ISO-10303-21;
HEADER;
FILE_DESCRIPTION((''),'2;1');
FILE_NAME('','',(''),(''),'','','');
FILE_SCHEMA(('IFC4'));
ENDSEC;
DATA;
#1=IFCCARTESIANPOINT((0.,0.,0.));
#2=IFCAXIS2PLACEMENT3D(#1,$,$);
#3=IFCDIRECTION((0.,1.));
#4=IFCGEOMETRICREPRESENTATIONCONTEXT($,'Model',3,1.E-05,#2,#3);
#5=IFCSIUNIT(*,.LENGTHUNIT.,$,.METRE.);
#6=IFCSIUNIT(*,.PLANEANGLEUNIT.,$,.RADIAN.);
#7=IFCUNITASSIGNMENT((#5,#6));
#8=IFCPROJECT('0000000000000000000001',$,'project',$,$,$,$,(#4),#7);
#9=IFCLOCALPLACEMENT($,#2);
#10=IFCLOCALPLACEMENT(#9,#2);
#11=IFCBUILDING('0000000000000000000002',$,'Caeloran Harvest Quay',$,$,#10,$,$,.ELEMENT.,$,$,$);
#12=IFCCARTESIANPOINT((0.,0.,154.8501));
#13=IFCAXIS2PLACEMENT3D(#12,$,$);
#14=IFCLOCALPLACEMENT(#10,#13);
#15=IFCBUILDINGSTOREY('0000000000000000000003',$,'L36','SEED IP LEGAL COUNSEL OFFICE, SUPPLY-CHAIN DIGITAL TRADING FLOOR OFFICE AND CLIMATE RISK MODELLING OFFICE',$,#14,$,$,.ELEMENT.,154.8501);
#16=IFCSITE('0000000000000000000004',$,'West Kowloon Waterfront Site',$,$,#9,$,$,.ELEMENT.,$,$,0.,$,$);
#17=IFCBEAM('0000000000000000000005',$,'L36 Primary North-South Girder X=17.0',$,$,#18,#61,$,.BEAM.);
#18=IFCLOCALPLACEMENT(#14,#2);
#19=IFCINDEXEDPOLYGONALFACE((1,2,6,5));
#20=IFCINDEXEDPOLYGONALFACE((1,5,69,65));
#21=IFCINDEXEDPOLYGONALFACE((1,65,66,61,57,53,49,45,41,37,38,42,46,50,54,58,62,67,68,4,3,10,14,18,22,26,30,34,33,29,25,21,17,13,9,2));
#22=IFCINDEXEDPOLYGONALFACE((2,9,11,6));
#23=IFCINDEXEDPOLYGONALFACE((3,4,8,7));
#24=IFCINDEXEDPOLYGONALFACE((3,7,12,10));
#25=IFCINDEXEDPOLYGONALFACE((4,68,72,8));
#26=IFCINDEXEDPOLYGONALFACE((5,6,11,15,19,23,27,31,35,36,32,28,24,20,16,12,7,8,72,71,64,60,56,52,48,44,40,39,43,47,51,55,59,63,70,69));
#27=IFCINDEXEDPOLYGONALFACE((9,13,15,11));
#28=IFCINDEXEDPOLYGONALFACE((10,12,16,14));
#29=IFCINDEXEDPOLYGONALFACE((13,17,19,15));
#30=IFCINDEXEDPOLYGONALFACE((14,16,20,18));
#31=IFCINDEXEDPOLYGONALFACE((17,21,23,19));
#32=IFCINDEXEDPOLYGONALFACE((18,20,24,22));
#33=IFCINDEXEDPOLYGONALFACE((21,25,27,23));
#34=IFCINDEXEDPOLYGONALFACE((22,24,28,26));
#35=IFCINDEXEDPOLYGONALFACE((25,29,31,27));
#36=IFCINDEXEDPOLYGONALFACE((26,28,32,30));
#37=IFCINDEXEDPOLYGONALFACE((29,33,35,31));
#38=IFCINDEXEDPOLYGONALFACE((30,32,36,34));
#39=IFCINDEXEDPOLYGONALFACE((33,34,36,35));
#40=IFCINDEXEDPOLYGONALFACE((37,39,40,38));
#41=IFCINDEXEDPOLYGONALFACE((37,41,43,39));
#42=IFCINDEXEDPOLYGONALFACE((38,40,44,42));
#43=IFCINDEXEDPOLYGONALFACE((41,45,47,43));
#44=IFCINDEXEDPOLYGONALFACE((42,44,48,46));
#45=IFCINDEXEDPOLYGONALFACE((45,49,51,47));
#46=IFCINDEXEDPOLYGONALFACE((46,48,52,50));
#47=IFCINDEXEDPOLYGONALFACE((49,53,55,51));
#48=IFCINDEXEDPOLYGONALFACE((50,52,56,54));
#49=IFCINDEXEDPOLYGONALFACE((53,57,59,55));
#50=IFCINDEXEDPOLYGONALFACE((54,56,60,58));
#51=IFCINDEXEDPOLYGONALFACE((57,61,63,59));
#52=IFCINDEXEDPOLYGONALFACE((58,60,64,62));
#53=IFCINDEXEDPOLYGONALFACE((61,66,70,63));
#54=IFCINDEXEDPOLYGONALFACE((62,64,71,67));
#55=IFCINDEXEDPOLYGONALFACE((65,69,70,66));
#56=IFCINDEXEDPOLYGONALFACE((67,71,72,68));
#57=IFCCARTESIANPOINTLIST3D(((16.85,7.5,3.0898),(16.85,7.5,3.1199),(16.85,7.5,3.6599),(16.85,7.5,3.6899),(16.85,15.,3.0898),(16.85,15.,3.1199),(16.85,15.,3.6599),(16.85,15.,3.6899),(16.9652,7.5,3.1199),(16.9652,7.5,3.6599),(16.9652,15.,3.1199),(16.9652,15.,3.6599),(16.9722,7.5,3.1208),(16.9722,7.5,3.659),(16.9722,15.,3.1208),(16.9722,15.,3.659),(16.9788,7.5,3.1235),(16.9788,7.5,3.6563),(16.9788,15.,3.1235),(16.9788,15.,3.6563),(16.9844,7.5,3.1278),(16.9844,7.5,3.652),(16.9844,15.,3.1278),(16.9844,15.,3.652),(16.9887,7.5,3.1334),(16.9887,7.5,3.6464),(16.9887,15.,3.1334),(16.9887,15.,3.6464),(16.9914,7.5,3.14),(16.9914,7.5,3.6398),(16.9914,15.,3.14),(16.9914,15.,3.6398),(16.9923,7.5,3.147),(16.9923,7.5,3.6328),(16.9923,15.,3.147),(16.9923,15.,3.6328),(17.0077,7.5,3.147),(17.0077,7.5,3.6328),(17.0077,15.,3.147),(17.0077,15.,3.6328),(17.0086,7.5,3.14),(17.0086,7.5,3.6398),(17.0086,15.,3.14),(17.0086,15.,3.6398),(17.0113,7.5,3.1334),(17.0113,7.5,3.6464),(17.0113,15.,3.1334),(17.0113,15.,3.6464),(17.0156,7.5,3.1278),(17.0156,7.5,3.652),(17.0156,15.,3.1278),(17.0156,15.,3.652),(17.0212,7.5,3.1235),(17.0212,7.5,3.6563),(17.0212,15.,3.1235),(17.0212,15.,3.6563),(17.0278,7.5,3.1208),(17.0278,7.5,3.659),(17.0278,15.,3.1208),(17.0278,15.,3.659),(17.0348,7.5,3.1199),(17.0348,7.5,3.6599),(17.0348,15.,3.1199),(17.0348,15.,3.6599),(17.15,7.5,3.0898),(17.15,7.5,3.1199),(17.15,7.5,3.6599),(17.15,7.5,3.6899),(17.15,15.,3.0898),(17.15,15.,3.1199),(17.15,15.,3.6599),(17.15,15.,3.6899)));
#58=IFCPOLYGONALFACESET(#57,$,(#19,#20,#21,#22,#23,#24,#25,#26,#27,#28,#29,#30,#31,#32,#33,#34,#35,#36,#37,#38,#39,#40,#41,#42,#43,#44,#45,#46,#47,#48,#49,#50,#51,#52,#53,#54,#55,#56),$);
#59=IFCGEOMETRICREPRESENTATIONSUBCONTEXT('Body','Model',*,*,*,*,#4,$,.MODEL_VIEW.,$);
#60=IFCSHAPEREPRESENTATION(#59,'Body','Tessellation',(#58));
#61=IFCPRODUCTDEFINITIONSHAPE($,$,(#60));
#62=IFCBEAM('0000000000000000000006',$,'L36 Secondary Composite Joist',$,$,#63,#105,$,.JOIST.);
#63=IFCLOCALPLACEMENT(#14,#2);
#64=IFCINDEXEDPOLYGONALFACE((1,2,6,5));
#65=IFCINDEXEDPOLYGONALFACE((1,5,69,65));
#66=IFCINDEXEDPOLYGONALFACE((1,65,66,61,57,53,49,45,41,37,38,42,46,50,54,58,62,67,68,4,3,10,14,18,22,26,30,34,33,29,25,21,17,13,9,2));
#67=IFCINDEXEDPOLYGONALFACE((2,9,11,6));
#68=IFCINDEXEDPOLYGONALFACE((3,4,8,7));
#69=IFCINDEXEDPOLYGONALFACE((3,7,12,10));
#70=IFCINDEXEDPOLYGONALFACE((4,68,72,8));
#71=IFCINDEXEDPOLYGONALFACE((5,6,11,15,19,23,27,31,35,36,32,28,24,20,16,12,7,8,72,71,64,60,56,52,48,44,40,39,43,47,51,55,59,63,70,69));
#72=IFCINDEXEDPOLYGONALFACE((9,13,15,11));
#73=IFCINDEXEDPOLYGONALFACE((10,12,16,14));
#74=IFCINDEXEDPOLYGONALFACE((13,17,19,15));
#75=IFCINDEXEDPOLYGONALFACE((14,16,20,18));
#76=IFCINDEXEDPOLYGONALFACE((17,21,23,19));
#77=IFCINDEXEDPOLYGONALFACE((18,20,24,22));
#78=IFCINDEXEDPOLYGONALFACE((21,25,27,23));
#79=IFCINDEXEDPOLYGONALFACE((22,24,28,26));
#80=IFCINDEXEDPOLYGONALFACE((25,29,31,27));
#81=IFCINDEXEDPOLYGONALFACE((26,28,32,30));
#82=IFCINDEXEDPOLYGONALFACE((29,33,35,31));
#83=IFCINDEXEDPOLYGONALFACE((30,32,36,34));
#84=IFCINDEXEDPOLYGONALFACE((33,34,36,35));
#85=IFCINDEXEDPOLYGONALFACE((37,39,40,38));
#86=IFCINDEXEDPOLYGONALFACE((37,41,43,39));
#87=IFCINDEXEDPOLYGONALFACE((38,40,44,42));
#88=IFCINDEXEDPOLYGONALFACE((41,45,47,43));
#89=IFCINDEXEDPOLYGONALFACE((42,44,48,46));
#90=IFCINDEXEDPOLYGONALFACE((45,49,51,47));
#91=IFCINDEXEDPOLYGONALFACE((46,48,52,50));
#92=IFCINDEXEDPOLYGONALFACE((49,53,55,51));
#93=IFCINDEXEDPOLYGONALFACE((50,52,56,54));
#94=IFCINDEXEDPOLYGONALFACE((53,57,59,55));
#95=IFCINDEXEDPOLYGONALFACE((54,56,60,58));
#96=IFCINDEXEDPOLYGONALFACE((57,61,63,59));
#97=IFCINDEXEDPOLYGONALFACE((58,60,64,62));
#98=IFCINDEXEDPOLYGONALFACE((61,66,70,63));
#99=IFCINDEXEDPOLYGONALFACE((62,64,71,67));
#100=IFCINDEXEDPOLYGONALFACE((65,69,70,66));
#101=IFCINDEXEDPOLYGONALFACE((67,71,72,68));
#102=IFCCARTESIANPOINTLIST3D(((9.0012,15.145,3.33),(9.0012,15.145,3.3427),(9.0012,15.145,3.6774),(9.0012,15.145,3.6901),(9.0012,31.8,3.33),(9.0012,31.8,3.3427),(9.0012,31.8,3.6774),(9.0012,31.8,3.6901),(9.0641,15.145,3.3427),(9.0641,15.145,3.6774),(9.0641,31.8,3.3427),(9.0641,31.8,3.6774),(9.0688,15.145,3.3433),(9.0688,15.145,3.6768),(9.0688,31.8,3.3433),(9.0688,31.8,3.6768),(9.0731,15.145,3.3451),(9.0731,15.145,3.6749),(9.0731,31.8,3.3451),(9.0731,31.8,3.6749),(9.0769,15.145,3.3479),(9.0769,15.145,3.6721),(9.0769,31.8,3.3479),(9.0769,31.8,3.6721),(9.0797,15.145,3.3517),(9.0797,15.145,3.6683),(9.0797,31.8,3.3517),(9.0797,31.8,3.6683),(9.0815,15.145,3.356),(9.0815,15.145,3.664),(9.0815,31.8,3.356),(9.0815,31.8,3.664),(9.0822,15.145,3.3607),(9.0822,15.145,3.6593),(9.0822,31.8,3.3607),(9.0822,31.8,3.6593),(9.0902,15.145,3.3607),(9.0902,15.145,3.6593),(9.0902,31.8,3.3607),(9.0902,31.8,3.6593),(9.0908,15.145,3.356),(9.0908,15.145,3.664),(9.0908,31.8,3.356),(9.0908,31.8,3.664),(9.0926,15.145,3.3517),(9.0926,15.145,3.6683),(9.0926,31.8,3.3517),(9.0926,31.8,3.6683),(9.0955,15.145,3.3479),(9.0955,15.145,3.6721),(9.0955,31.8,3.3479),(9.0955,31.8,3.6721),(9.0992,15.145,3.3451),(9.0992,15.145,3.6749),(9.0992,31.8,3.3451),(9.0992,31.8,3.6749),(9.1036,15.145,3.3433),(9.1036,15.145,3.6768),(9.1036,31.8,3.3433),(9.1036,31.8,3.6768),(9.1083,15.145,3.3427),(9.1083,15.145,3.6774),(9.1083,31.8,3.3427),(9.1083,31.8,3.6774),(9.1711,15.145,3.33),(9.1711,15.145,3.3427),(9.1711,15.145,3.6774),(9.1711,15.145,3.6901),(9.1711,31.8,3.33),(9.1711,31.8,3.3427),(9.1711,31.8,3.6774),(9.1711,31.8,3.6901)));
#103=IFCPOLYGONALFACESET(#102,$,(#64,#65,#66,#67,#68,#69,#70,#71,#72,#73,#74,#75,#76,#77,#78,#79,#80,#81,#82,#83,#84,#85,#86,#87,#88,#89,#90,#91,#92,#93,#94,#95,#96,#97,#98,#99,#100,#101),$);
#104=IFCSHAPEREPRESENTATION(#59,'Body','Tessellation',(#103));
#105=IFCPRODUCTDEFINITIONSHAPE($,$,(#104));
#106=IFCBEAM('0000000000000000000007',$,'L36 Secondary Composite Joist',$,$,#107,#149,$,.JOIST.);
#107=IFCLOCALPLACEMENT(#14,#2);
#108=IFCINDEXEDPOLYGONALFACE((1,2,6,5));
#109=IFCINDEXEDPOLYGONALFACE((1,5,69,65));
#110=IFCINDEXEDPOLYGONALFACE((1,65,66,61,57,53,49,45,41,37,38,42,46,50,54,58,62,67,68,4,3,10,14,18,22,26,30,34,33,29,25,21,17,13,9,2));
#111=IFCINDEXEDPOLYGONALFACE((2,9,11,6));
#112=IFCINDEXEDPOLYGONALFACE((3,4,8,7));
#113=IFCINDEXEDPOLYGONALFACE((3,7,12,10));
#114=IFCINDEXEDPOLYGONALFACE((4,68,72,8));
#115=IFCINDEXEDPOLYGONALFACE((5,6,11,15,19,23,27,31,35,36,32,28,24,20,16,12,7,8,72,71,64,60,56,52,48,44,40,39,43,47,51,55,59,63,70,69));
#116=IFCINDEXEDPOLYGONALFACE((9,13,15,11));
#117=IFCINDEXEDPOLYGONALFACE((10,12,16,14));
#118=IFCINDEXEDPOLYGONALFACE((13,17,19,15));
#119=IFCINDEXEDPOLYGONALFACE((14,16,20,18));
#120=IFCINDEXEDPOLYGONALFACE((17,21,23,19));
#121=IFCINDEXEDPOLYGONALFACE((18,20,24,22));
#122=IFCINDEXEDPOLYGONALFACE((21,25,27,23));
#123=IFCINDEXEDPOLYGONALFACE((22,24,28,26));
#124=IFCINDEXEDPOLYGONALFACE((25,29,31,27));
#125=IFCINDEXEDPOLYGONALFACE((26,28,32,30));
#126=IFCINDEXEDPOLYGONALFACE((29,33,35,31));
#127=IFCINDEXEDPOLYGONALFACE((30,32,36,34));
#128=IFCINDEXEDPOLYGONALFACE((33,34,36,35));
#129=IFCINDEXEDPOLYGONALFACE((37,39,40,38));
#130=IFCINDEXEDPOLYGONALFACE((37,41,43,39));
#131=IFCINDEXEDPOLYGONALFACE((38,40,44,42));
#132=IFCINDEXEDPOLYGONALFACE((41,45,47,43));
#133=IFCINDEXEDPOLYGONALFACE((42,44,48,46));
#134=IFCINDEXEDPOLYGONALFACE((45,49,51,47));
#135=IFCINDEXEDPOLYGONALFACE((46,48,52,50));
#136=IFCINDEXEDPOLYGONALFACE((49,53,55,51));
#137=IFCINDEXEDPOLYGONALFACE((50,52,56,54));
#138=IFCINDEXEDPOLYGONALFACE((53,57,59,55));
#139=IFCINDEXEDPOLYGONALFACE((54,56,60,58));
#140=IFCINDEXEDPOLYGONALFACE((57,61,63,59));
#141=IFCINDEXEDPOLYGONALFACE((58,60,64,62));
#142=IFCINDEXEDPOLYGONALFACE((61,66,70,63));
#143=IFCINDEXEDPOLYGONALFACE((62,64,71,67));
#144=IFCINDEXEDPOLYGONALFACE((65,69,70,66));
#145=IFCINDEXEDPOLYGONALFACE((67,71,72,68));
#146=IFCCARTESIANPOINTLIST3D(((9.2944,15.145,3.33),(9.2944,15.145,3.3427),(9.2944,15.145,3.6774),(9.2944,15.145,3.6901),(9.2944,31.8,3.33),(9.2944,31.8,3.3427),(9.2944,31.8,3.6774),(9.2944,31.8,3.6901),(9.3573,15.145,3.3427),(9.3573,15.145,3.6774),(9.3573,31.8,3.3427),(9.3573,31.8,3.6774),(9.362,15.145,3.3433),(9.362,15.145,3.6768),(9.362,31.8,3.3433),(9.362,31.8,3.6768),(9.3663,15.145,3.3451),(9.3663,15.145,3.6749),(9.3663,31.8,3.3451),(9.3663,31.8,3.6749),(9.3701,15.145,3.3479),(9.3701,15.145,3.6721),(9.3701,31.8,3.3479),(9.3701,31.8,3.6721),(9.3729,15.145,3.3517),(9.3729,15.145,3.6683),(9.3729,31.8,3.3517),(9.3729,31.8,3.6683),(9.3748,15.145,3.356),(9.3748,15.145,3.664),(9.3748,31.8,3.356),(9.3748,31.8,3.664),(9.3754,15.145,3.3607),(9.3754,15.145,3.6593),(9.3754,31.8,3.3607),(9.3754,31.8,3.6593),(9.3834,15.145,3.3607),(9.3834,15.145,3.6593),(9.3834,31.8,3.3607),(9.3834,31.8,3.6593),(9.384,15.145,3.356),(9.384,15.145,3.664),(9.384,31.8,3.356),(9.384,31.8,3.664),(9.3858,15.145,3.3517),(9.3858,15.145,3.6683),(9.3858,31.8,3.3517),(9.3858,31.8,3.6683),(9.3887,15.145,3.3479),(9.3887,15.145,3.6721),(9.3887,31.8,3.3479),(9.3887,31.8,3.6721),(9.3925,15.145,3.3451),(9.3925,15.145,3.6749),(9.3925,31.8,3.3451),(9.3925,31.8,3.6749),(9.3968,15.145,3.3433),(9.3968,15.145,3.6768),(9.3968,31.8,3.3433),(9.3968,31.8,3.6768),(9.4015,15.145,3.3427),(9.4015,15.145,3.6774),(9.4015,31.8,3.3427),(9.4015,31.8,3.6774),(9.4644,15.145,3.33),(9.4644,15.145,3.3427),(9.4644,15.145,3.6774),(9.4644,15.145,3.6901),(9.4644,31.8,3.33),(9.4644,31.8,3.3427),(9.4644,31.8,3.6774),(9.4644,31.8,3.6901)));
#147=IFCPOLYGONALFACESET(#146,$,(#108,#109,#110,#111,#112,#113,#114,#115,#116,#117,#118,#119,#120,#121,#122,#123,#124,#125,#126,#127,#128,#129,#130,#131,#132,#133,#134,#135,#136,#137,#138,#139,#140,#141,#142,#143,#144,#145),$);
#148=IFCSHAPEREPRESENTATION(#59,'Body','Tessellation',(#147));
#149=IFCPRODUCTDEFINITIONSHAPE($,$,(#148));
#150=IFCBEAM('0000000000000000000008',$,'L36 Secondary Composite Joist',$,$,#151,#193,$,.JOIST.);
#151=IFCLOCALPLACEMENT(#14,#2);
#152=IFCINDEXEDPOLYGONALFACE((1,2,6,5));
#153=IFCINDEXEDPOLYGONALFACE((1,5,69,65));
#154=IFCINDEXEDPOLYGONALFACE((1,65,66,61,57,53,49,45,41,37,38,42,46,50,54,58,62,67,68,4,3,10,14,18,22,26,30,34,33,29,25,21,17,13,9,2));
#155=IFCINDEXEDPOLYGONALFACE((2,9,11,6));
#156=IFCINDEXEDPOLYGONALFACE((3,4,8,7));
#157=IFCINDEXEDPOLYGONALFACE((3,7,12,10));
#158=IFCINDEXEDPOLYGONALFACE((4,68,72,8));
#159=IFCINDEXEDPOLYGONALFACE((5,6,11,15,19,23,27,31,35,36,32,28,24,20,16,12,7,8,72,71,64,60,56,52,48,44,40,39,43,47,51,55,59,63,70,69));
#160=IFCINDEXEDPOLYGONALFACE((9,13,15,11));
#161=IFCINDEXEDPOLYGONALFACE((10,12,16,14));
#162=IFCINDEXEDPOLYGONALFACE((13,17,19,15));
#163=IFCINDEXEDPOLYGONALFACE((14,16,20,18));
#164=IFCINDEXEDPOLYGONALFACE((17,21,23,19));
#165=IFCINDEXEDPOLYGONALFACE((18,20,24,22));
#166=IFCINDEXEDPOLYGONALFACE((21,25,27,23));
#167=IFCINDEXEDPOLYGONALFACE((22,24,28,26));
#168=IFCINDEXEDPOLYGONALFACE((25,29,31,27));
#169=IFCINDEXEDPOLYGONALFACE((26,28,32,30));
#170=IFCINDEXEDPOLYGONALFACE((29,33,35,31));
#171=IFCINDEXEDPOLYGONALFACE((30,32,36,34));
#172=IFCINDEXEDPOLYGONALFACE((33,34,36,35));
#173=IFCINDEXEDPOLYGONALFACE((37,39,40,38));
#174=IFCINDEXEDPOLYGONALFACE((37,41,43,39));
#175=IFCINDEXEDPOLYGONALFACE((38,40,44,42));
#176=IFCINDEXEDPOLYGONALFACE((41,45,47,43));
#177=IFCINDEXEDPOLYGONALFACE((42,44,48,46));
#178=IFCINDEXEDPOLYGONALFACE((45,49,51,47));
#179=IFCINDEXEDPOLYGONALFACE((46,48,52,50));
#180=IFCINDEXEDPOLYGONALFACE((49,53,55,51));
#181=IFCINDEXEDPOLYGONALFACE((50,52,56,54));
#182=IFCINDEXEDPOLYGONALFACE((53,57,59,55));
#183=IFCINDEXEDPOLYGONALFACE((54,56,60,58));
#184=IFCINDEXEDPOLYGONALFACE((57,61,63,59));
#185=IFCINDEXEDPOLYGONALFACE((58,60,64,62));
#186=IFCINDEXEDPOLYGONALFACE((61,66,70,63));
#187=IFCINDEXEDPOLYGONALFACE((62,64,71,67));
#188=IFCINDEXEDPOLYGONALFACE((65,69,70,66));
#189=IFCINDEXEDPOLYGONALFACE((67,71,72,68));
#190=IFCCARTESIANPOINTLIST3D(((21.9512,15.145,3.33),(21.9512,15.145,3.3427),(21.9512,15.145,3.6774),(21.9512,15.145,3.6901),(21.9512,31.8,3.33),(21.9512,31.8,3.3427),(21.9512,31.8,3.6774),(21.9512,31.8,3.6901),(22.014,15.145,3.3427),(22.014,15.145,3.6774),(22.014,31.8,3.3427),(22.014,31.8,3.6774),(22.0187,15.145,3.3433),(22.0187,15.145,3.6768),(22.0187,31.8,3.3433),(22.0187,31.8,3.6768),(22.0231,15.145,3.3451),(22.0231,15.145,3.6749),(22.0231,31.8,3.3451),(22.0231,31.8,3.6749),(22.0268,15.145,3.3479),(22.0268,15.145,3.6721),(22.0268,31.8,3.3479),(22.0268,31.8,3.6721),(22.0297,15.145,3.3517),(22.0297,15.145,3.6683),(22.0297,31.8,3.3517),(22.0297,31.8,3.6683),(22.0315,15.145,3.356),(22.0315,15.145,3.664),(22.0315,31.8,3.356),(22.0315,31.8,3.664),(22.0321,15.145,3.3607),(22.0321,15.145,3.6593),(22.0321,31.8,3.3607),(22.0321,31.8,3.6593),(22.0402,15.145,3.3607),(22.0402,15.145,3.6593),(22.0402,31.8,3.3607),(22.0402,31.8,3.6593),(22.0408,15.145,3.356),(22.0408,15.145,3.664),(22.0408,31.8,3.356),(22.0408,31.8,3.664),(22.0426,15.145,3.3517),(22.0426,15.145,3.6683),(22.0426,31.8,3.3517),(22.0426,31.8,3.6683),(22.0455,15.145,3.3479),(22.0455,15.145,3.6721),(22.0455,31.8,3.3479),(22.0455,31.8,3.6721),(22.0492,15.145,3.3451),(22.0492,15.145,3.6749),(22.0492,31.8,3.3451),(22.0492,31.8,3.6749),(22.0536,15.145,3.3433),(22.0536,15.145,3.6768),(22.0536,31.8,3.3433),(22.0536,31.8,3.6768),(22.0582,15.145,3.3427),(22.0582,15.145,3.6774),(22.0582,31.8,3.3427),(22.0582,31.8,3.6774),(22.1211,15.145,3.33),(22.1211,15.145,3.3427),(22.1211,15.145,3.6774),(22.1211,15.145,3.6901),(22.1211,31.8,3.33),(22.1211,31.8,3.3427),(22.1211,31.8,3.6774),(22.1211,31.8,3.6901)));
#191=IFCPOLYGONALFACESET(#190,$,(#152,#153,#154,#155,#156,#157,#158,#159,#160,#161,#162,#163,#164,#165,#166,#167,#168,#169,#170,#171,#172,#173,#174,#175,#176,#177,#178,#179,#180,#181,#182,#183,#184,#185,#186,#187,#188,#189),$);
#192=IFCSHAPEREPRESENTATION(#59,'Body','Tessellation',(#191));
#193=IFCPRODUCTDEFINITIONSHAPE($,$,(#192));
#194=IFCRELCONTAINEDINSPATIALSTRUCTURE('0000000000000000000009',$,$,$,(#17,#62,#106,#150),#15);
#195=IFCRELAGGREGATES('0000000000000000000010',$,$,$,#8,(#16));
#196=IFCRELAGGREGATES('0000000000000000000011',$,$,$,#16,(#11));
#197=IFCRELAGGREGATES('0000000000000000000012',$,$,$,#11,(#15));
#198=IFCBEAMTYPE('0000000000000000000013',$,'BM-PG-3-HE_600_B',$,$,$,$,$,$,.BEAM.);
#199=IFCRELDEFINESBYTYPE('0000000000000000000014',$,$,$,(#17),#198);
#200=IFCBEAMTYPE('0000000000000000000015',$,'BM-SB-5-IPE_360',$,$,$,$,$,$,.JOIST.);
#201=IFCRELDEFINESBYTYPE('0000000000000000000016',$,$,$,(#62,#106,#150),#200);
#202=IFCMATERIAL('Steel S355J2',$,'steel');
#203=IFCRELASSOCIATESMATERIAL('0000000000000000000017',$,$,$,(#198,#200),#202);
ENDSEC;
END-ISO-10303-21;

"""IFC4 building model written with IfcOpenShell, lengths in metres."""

from ifc_helpers import new_model, si_unit, direction, frame, origin, origin_2d, place, context, subcontext, project, spatial, i_section, extrude, material, material_profile, profile_set, type_object, element, save


model = new_model("IFC4")

# Units and contexts
model_context = context("Model", 3, precision=1e-05, world=origin(), true_north=direction((0.0, 1.0)))
body_context = subcontext(model_context, "Body", "Model", "MODEL_VIEW")
ifc_project = project(units=[si_unit("LENGTHUNIT", "METRE"), si_unit("PLANEANGLEUNIT", "RADIAN")], contexts=[model_context])

# Site, building, storey
site_placement = place(None, origin())
site = spatial("IfcSite", under=ifc_project, at=site_placement, Name="West Kowloon Waterfront Site", CompositionType="ELEMENT", RefElevation=0.0)
building_placement = place(site_placement, origin())
building = spatial("IfcBuilding", under=site, at=building_placement, Name="Caeloran Harvest Quay", CompositionType="ELEMENT")
storey_placement = place(building_placement, frame((0.0, 0.0, 154.8501)))
storey = spatial("IfcBuildingStorey", under=building, at=storey_placement, Name="L36", Description="SEED IP LEGAL COUNSEL OFFICE, SUPPLY-CHAIN DIGITAL TRADING FLOOR OFFICE AND CLIMATE RISK MODELLING OFFICE", CompositionType="ELEMENT", Elevation=154.8501)

# Beams
ifc_material_1 = material(Name="Steel S355J2", Category="steel")
ifc_material_profile_1 = material_profile(ifc_material_1, i_section(OverallWidth=0.3, OverallDepth=0.6001, WebThickness=0.0154, FlangeThickness=0.03, FilletRadius=0.0271, at=origin_2d()), Name="HE 600 B")
ifc_profile_set_1 = profile_set([ifc_material_profile_1], Name="Steel S355J2")
beam_type_1 = type_object("IfcBeamType", Name="BM-PG-3-HE_600_B", PredefinedType="BEAM", material=ifc_profile_set_1)
beam_1_placement = place(storey_placement, frame((17.0, 7.5, 3.3899), z_axis=(0.0, 1.0, 0.0), x_axis=(-1.0, 0.0, 0.0)))
element("IfcBeam", 1, at=beam_1_placement, inside=storey, type_object=beam_type_1, Name="L36 Primary North-South Girder X=17.0", PredefinedType="BEAM", context=body_context, shape_type="SweptSolid", body=[
    extrude(i_section(OverallWidth=0.3, OverallDepth=0.6001, WebThickness=0.0154, FlangeThickness=0.03, FilletRadius=0.0271, at=origin_2d()), origin(), (0.0, 0.0, 1.0), 7.5),
])
ifc_material_profile_2 = material_profile(ifc_material_1, i_section(OverallWidth=0.1699, OverallDepth=0.3601, WebThickness=0.0081, FlangeThickness=0.0127, FilletRadius=0.0181, at=origin_2d()), Name="IPE 360")
ifc_profile_set_2 = profile_set([ifc_material_profile_2], Name="Steel S355J2")
beam_type_2 = type_object("IfcBeamType", Name="BM-SB-5-IPE_360", PredefinedType="JOIST", material=ifc_profile_set_2)
for number, where, z_axis, x_axis, name in (
    (2, (9.0862, 15.145, 3.51), (0.0, 1.0, 0.0), (-1.0, 0.0, 0.0), "L36 Secondary Composite Joist"),
    (3, (9.3794, 15.145, 3.51), (0.0, 1.0, 0.0), (-1.0, 0.0, 0.0), "L36 Secondary Composite Joist"),
    (4, (22.0361, 15.145, 3.51), (0.0, 1.0, 0.0), (-1.0, 0.0, 0.0), "L36 Secondary Composite Joist"),
):
    element("IfcBeam", number, at=place(storey_placement, frame(where, z_axis=z_axis, x_axis=x_axis)), inside=storey, type_object=beam_type_2, Name=name, PredefinedType="JOIST", context=body_context, shape_type="SweptSolid", body=[
        extrude(i_section(OverallWidth=0.1699, OverallDepth=0.3601, WebThickness=0.0081, FlangeThickness=0.0127, FilletRadius=0.0181, at=origin_2d()), origin(), (0.0, 0.0, 1.0), 16.655),
    ])

save(model, "model.ifc")
